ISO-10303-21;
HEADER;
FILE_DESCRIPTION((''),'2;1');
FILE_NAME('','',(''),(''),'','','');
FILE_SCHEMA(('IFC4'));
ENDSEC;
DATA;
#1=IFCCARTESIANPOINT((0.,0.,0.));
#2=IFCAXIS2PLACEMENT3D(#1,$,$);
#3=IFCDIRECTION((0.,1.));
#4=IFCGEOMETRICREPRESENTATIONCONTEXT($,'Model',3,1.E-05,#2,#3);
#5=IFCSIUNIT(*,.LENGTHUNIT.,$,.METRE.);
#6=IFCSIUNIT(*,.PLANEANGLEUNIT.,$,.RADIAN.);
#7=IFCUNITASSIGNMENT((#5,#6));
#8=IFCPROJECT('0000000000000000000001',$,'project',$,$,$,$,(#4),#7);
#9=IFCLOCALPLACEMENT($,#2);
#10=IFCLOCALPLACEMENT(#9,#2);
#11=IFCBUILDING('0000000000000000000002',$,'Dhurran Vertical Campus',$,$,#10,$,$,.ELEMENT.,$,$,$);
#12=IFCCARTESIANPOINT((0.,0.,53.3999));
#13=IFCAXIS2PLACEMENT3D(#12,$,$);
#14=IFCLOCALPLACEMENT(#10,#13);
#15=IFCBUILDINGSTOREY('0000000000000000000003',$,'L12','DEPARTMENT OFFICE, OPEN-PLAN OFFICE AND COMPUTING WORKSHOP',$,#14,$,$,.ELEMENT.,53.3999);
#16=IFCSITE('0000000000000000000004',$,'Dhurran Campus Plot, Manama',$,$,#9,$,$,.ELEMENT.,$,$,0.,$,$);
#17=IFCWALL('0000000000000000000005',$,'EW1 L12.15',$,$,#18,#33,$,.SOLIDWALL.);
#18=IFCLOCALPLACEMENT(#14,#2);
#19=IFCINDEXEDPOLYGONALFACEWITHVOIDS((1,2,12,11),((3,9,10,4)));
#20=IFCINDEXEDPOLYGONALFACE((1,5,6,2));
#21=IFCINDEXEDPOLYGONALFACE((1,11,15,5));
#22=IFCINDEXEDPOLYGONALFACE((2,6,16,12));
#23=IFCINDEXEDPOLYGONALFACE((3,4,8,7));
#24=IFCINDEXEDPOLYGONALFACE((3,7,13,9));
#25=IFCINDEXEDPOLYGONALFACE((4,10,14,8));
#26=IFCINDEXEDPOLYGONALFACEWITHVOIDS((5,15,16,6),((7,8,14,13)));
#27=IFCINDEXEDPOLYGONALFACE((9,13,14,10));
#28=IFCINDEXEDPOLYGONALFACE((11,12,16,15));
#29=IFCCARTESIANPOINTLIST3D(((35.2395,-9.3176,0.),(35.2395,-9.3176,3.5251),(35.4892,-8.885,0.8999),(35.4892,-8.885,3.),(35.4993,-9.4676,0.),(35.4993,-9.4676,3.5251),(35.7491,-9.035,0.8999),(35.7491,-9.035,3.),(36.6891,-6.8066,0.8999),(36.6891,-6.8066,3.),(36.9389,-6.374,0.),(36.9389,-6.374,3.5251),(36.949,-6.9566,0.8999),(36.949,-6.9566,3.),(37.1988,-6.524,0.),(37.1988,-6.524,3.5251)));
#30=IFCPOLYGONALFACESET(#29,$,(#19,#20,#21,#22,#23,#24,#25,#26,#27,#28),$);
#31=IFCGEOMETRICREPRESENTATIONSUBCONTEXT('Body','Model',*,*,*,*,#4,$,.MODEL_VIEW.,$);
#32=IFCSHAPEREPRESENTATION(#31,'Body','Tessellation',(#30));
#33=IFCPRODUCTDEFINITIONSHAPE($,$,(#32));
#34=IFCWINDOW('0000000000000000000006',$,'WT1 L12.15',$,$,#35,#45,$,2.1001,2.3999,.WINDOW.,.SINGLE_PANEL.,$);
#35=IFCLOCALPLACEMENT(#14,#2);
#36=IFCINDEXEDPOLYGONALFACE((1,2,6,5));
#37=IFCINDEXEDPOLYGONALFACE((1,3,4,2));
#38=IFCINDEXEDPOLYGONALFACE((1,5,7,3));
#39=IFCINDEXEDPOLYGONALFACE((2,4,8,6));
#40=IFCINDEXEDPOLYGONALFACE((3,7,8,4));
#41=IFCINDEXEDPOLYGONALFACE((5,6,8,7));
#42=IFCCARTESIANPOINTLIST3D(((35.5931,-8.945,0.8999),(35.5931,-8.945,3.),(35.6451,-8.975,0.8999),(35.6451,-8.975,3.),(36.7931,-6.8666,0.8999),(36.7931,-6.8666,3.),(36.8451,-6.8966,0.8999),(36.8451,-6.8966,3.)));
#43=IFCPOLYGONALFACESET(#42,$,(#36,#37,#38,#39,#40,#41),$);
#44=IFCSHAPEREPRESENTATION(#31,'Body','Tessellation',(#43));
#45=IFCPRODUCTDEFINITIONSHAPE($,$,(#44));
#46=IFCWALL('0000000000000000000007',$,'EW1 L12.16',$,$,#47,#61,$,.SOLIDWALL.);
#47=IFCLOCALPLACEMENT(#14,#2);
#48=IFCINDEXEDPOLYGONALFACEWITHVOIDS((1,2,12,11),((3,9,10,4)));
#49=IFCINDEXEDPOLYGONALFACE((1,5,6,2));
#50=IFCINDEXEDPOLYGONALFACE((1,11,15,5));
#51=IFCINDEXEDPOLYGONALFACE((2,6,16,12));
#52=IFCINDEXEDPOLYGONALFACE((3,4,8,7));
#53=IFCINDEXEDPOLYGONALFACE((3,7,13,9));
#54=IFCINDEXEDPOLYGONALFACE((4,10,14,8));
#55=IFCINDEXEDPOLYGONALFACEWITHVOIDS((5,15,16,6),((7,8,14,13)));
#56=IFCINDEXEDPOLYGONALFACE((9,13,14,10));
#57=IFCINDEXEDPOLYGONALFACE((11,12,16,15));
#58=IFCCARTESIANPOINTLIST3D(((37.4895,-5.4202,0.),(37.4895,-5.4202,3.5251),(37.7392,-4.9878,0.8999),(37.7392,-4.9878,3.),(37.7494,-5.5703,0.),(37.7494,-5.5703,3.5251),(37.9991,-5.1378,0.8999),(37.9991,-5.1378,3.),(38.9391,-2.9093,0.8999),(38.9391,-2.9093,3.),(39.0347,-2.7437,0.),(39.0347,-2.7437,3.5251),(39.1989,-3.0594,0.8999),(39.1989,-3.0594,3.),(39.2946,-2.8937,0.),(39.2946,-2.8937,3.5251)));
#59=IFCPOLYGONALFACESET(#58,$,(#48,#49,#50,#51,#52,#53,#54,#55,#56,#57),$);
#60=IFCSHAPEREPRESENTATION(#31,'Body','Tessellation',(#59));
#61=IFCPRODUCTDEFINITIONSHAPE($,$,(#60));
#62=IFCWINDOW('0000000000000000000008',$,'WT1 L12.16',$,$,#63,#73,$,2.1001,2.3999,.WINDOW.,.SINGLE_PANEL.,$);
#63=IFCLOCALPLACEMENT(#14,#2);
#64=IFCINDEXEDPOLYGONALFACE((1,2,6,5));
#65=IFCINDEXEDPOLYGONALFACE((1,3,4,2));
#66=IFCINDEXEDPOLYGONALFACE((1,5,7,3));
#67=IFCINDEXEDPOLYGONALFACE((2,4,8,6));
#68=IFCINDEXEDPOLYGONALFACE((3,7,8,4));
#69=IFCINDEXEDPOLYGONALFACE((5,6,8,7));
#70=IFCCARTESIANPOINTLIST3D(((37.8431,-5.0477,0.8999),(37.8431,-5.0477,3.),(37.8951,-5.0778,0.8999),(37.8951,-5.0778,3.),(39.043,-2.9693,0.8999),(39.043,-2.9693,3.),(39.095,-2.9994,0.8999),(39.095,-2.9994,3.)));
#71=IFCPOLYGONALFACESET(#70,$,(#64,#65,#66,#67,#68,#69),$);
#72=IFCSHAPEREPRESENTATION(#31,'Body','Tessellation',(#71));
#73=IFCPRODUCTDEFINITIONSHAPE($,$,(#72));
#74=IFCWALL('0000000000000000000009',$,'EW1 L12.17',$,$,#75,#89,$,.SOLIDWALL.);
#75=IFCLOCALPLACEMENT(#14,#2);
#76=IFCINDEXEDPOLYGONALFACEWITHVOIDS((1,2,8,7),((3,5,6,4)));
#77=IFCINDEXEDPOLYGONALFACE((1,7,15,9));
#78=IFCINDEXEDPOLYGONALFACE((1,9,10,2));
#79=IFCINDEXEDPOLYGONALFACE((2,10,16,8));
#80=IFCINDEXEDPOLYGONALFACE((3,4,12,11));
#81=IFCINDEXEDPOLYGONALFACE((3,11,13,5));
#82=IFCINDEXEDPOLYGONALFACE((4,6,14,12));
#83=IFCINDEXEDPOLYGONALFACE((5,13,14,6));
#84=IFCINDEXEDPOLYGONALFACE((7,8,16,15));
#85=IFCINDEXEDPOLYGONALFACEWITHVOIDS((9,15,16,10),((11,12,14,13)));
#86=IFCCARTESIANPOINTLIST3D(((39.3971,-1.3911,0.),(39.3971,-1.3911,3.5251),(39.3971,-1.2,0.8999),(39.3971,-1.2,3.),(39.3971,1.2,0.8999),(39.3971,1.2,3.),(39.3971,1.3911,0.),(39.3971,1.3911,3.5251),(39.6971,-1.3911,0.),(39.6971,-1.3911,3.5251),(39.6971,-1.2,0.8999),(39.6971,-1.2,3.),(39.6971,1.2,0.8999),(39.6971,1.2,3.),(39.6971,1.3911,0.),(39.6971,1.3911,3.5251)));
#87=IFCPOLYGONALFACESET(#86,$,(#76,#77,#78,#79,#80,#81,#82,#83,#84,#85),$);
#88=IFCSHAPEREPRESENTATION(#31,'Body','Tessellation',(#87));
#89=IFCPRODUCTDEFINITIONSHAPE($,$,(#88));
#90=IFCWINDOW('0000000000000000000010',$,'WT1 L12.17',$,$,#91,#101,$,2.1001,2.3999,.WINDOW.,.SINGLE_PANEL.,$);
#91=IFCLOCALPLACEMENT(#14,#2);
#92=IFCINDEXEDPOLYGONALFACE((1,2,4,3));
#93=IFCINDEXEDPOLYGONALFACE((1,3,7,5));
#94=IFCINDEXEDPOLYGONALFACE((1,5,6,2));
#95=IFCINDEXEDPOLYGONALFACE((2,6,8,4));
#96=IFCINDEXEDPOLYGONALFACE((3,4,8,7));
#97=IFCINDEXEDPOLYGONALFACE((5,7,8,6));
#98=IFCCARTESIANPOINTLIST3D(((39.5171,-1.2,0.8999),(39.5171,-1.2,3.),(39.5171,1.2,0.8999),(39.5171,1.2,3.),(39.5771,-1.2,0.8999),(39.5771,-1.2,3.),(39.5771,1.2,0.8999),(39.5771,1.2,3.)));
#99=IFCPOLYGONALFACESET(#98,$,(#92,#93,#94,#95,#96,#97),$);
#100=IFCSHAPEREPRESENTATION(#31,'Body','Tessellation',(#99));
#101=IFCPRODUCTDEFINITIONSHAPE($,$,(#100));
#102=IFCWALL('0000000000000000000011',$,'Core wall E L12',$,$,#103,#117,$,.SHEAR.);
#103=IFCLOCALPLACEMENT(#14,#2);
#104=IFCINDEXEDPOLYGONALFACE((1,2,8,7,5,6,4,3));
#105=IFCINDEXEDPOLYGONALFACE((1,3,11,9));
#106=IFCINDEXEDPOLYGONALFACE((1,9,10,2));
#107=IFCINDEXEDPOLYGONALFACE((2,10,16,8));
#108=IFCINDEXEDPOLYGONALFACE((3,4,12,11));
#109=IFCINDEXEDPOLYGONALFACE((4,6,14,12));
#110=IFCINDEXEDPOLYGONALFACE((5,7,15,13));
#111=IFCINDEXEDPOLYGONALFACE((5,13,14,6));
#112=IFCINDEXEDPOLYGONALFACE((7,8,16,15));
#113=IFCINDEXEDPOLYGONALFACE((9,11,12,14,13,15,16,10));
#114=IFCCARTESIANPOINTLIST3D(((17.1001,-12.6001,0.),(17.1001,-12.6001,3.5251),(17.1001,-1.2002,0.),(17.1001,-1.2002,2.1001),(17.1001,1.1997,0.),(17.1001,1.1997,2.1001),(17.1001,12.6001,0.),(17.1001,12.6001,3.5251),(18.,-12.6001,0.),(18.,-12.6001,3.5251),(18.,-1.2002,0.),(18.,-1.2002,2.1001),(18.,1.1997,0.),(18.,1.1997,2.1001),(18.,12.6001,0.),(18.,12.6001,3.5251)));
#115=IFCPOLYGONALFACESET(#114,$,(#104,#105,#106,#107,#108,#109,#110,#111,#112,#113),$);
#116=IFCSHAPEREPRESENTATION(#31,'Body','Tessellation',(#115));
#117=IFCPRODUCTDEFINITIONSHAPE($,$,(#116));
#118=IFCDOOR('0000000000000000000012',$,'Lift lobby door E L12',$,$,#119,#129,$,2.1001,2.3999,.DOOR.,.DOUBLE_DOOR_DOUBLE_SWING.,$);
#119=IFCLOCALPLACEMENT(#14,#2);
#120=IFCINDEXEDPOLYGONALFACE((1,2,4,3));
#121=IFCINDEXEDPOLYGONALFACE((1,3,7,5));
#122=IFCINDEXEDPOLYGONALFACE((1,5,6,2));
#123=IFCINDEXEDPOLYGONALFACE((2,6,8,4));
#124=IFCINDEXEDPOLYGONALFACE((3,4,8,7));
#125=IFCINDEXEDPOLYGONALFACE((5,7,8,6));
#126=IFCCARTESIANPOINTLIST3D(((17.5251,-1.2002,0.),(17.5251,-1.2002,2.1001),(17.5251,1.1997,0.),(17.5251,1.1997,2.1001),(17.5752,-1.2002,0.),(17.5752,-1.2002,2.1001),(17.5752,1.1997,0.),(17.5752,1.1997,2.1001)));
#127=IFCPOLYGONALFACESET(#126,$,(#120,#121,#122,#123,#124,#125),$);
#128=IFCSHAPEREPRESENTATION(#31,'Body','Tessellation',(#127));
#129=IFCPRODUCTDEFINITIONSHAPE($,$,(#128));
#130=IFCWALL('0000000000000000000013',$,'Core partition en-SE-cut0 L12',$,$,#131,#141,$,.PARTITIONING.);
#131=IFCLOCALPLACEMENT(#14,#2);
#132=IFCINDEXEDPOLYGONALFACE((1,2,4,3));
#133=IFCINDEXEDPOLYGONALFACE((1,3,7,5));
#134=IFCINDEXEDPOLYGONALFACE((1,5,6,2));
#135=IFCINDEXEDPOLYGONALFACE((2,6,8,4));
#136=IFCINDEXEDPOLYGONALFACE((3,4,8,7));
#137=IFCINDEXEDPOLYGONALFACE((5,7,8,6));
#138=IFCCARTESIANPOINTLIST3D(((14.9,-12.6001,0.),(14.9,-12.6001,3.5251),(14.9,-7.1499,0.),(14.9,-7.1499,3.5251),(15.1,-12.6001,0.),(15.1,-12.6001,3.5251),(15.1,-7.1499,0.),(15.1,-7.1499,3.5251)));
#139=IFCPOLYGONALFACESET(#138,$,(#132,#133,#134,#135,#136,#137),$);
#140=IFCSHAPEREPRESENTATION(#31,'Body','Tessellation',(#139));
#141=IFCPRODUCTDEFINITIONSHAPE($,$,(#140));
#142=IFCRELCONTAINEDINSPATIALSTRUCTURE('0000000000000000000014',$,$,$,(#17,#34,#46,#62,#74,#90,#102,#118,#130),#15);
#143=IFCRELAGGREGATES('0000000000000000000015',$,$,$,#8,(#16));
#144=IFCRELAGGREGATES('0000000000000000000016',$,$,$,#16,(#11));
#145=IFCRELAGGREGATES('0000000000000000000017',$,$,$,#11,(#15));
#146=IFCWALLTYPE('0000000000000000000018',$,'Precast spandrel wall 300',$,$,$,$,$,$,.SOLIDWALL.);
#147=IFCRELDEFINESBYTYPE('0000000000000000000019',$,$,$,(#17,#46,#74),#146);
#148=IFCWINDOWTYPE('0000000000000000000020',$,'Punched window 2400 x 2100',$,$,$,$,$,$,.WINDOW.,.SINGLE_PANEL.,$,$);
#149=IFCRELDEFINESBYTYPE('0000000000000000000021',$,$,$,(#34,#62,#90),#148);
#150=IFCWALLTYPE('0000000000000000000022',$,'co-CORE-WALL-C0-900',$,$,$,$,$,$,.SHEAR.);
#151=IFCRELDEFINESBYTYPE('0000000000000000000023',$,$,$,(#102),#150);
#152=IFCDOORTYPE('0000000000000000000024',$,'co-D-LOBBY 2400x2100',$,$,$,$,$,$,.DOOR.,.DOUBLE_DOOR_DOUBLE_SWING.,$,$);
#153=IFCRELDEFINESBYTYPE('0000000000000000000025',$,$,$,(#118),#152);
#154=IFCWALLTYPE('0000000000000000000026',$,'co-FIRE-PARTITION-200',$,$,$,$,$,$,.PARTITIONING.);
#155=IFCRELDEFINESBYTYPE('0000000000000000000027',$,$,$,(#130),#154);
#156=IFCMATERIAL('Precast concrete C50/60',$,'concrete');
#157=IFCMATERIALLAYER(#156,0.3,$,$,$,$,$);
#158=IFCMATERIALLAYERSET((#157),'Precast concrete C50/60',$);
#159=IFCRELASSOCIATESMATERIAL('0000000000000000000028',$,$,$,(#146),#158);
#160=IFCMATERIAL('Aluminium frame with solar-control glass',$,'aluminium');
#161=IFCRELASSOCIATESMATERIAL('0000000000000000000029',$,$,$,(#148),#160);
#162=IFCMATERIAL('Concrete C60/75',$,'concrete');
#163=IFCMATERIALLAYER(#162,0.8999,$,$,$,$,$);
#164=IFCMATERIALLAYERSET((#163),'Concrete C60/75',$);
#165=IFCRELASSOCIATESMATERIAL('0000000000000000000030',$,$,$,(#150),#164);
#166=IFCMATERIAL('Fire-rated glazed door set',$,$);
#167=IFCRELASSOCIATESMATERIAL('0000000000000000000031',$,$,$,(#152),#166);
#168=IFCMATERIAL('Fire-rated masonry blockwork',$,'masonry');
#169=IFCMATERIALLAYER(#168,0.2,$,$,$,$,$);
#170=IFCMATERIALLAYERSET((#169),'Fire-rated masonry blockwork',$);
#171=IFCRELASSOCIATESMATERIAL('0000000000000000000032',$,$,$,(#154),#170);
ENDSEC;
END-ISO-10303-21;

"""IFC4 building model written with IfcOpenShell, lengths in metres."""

from ifc_helpers import new_model, si_unit, direction, frame, frame_2d, origin, place, context, subcontext, project, spatial, rectangle, extrude, material, layer, layer_set, type_object, element, fill, save


model = new_model("IFC4")

# Units and contexts
model_context = context("Model", 3, precision=1e-05, world=origin(), true_north=direction((0.0, 1.0)))
body_context = subcontext(model_context, "Body", "Model", "MODEL_VIEW")
ifc_project = project(units=[si_unit("LENGTHUNIT", "METRE"), si_unit("PLANEANGLEUNIT", "RADIAN")], contexts=[model_context])

# Site, building, storey
site_placement = place(None, origin())
site = spatial("IfcSite", under=ifc_project, at=site_placement, Name="Dhurran Campus Plot, Manama", CompositionType="ELEMENT", RefElevation=0.0)
building_placement = place(site_placement, origin())
building = spatial("IfcBuilding", under=site, at=building_placement, Name="Dhurran Vertical Campus", CompositionType="ELEMENT")
storey_placement = place(building_placement, frame((0.0, 0.0, 53.3999)))
storey = spatial("IfcBuildingStorey", under=building, at=storey_placement, Name="L12", Description="DEPARTMENT OFFICE, OPEN-PLAN OFFICE AND COMPUTING WORKSHOP", CompositionType="ELEMENT", Elevation=53.3999)

# Walls, openings, windows
ifc_material_1 = material(Name="Precast concrete C50/60", Category="concrete")
ifc_layer_1 = layer(ifc_material_1, 0.3)
ifc_layer_set_1 = layer_set([ifc_layer_1], Name="Precast concrete C50/60")
wall_type_1 = type_object("IfcWallType", Name="Precast spandrel wall 300", PredefinedType="SOLIDWALL", material=ifc_layer_set_1)
ifc_material_2 = material(Name="Aluminium frame with solar-control glass", Category="aluminium")
window_type = type_object("IfcWindowType", Name="Punched window 2400 x 2100", PartitioningType="SINGLE_PANEL", PredefinedType="WINDOW", material=ifc_material_2)
wall_1_placement = place(storey_placement, frame((35.3694, -9.3926, 0.0), z_axis=(0.0, 0.0, 1.0), x_axis=(0.499994, 0.866029, 0.0)))
wall_1 = element("IfcWall", 1, at=wall_1_placement, inside=storey, type_object=wall_type_1, Name="EW1 L12.15", PredefinedType="SOLIDWALL", context=body_context, shape_type="SweptSolid", body=[
    extrude(rectangle(XDim=3.3989, YDim=0.3, at=frame_2d((1.6995, 0.0))), origin(), (0.0, 0.0, 1.0), 3.5251),
])
opening_1_placement = place(wall_1_placement, frame((0.4995, 0.0, 0.8999)))
opening_1 = element("IfcOpeningElement", 2, at=opening_1_placement, cuts=wall_1, PredefinedType="OPENING", context=body_context, shape_type="SweptSolid", body=[
    extrude(rectangle(XDim=2.3999, YDim=2.1001, at=frame_2d((1.2, 1.05))), frame((0.0, 0.1599, 0.0), z_axis=(0.0, -1.0, 0.0), x_axis=(1.0, 0.0, 0.0)), (0.0, 0.0, 1.0), 0.3201),
])
window_1_placement = place(opening_1_placement, origin())
window_1 = element("IfcWindow", 3, at=window_1_placement, inside=storey, type_object=window_type, Name="WT1 L12.15", OverallHeight=2.1001, OverallWidth=2.3999, PartitioningType="SINGLE_PANEL", PredefinedType="WINDOW", context=body_context, shape_type="SweptSolid", body=[
    extrude(rectangle(XDim=2.3999, YDim=2.1001, at=frame_2d((1.2, 1.05))), frame((0.0, 0.03, 0.0), z_axis=(0.0, -1.0, 0.0), x_axis=(1.0, 0.0, 0.0)), (0.0, 0.0, 1.0), 0.0601),
])
fill(opening_1, window_1)
wall_2_placement = place(storey_placement, frame((37.6194, -5.4954, 0.0), z_axis=(0.0, 0.0, 1.0), x_axis=(0.499971, 0.866042, 0.0)))
wall_2 = element("IfcWall", 4, at=wall_2_placement, inside=storey, type_object=wall_type_1, Name="EW1 L12.16", PredefinedType="SOLIDWALL", context=body_context, shape_type="SweptSolid", body=[
    extrude(rectangle(XDim=3.0906, YDim=0.3, at=frame_2d((1.5454, 0.0))), origin(), (0.0, 0.0, 1.0), 3.5251),
])
opening_2_placement = place(wall_2_placement, frame((0.4995, 0.0, 0.8999)))
opening_2 = element("IfcOpeningElement", 5, at=opening_2_placement, cuts=wall_2, PredefinedType="OPENING", context=body_context, shape_type="SweptSolid", body=[
    extrude(rectangle(XDim=2.3999, YDim=2.1001, at=frame_2d((1.2, 1.05))), frame((0.0, 0.1599, 0.0), z_axis=(0.0, -1.0, 0.0), x_axis=(1.0, 0.0, 0.0)), (0.0, 0.0, 1.0), 0.3201),
])
window_2_placement = place(opening_2_placement, origin())
window_2 = element("IfcWindow", 6, at=window_2_placement, inside=storey, type_object=window_type, Name="WT1 L12.16", OverallHeight=2.1001, OverallWidth=2.3999, PartitioningType="SINGLE_PANEL", PredefinedType="WINDOW", context=body_context, shape_type="SweptSolid", body=[
    extrude(rectangle(XDim=2.3999, YDim=2.1001, at=frame_2d((1.2, 1.05))), frame((0.0, 0.03, 0.0), z_axis=(0.0, -1.0, 0.0), x_axis=(1.0, 0.0, 0.0)), (0.0, 0.0, 1.0), 0.0601),
])
fill(opening_2, window_2)
wall_3_placement = place(storey_placement, frame((39.5471, -1.3911, 0.0), z_axis=(0.0, 0.0, 1.0), x_axis=(0.0, 1.0, 0.0)))
wall_3 = element("IfcWall", 7, at=wall_3_placement, inside=storey, type_object=wall_type_1, Name="EW1 L12.17", PredefinedType="SOLIDWALL", context=body_context, shape_type="SweptSolid", body=[
    extrude(rectangle(XDim=2.7822, YDim=0.3, at=frame_2d((1.3911, 0.0))), origin(), (0.0, 0.0, 1.0), 3.5251),
])
opening_3_placement = place(wall_3_placement, frame((0.1912, 0.0, 0.8999)))
opening_3 = element("IfcOpeningElement", 8, at=opening_3_placement, cuts=wall_3, PredefinedType="OPENING", context=body_context, shape_type="SweptSolid", body=[
    extrude(rectangle(XDim=2.3999, YDim=2.1001, at=frame_2d((1.2, 1.05))), frame((0.0, 0.1599, 0.0), z_axis=(0.0, -1.0, 0.0), x_axis=(1.0, 0.0, 0.0)), (0.0, 0.0, 1.0), 0.3201),
])
window_3_placement = place(opening_3_placement, origin())
window_3 = element("IfcWindow", 9, at=window_3_placement, inside=storey, type_object=window_type, Name="WT1 L12.17", OverallHeight=2.1001, OverallWidth=2.3999, PartitioningType="SINGLE_PANEL", PredefinedType="WINDOW", context=body_context, shape_type="SweptSolid", body=[
    extrude(rectangle(XDim=2.3999, YDim=2.1001, at=frame_2d((1.2, 1.05))), frame((0.0, 0.03, 0.0), z_axis=(0.0, -1.0, 0.0), x_axis=(1.0, 0.0, 0.0)), (0.0, 0.0, 1.0), 0.0601),
])
fill(opening_3, window_3)

# Wall, opening, door
ifc_material_3 = material(Name="Concrete C60/75", Category="concrete")
ifc_layer_2 = layer(ifc_material_3, 0.8999)
ifc_layer_set_2 = layer_set([ifc_layer_2], Name="Concrete C60/75")
wall_type_2 = type_object("IfcWallType", Name="co-CORE-WALL-C0-900", PredefinedType="SHEAR", material=ifc_layer_set_2)
wall_4_placement = place(storey_placement, frame((17.55, -12.6001, 0.0), z_axis=(0.0, 0.0, 1.0), x_axis=(0.0, 1.0, 0.0)))
wall_4 = element("IfcWall", 10, at=wall_4_placement, inside=storey, type_object=wall_type_2, Name="Core wall E L12", PredefinedType="SHEAR", context=body_context, shape_type="SweptSolid", body=[
    extrude(rectangle(XDim=25.2002, YDim=0.8999, at=frame_2d((12.6001, 0.0))), origin(), (0.0, 0.0, 1.0), 3.5251),
])
opening_4_placement = place(wall_4_placement, frame((11.3999, 0.0, 0.0)))
opening_4 = element("IfcOpeningElement", 11, at=opening_4_placement, cuts=wall_4, PredefinedType="OPENING", context=body_context, shape_type="SweptSolid", body=[
    extrude(rectangle(XDim=2.3999, YDim=2.1001, at=frame_2d((1.2, 1.05))), frame((0.0, 0.46, 0.0), z_axis=(0.0, -1.0, 0.0), x_axis=(1.0, 0.0, 0.0)), (0.0, 0.0, 1.0), 0.9199),
])
ifc_material_4 = material(Name="Fire-rated glazed door set")
door_type_1 = type_object("IfcDoorType", Name="co-D-LOBBY 2400x2100", OperationType="DOUBLE_DOOR_DOUBLE_SWING", PredefinedType="DOOR", material=ifc_material_4)
door_1_placement = place(opening_4_placement, origin())
door_1 = element("IfcDoor", 12, at=door_1_placement, inside=storey, type_object=door_type_1, Name="Lift lobby door E L12", OperationType="DOUBLE_DOOR_DOUBLE_SWING", OverallHeight=2.1001, OverallWidth=2.3999, PredefinedType="DOOR", context=body_context, shape_type="SweptSolid", body=[
    extrude(rectangle(XDim=2.3999, YDim=2.1001, at=frame_2d((1.2, 1.05))), frame((0.0, 0.0249, 0.0), z_axis=(0.0, -1.0, 0.0), x_axis=(1.0, 0.0, 0.0)), (0.0, 0.0, 1.0), 0.05),
])
fill(opening_4, door_1)

# Wall
ifc_material_5 = material(Name="Fire-rated masonry blockwork", Category="masonry")
ifc_layer_3 = layer(ifc_material_5, 0.2)
ifc_layer_set_3 = layer_set([ifc_layer_3], Name="Fire-rated masonry blockwork")
wall_type_3 = type_object("IfcWallType", Name="co-FIRE-PARTITION-200", PredefinedType="PARTITIONING", material=ifc_layer_set_3)
wall_5_placement = place(storey_placement, frame((15.0, -12.6001, 0.0), z_axis=(0.0, 0.0, 1.0), x_axis=(0.0, 1.0, 0.0)))
element("IfcWall", 13, at=wall_5_placement, inside=storey, type_object=wall_type_3, Name="Core partition en-SE-cut0 L12", PredefinedType="PARTITIONING", context=body_context, shape_type="SweptSolid", body=[
    extrude(rectangle(XDim=5.4502, YDim=0.2, at=frame_2d((2.7251, 0.0))), origin(), (0.0, 0.0, 1.0), 3.5251),
])

save(model, "model.ifc")
